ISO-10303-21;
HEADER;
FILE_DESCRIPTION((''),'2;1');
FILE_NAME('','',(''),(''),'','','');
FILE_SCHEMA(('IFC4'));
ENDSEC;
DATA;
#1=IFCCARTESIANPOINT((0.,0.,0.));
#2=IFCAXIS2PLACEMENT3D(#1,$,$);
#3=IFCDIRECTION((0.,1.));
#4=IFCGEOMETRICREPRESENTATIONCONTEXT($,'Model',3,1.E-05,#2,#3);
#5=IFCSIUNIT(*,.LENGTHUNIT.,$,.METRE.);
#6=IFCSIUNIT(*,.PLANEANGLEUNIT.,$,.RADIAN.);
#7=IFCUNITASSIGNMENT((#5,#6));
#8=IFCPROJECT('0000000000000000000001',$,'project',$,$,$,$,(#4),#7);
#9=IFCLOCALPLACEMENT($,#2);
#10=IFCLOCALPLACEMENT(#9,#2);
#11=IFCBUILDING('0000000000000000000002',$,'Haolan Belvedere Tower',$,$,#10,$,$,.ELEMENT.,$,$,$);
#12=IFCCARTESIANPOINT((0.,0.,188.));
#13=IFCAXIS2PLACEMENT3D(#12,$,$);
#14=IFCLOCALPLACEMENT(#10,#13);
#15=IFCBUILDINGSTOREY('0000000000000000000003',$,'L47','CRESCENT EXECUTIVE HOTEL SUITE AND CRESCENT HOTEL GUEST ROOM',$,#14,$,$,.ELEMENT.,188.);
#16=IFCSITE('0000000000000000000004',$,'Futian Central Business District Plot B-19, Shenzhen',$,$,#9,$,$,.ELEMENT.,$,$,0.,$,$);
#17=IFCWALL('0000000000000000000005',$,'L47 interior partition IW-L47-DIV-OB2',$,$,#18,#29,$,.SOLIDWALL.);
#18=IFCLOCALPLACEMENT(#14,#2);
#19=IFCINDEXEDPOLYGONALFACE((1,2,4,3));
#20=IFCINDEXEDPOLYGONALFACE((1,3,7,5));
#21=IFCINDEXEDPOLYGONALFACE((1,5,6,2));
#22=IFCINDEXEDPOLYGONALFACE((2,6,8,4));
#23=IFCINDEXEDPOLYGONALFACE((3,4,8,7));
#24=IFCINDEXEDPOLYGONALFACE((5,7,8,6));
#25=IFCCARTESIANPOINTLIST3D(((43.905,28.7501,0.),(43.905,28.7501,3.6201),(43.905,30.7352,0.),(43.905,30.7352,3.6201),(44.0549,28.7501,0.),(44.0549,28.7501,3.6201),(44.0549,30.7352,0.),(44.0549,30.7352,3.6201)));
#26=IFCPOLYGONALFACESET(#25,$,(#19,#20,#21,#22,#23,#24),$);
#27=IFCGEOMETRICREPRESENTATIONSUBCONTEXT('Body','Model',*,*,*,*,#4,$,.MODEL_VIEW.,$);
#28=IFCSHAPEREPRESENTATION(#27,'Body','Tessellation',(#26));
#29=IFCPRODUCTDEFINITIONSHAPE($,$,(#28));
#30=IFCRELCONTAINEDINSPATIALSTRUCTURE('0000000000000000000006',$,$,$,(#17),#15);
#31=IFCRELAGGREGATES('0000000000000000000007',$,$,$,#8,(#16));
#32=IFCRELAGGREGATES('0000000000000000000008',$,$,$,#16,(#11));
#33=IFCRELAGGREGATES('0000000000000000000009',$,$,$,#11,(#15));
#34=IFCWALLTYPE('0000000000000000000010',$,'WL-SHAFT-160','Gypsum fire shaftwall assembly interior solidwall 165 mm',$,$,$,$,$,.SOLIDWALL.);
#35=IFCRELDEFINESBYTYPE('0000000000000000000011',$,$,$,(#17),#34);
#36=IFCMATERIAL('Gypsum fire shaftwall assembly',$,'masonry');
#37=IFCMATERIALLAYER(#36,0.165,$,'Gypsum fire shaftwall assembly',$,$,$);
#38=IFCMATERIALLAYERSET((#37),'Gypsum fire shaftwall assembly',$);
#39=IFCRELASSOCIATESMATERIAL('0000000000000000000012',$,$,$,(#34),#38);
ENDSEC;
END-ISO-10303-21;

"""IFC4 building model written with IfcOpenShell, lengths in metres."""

from ifc_helpers import new_model, si_unit, direction, frame, frame_2d, origin, place, context, subcontext, project, spatial, rectangle, extrude, material, layer, layer_set, type_object, element, save


model = new_model("IFC4")

# Units and contexts
model_context = context("Model", 3, precision=1e-05, world=origin(), true_north=direction((0.0, 1.0)))
body_context = subcontext(model_context, "Body", "Model", "MODEL_VIEW")
ifc_project = project(units=[si_unit("LENGTHUNIT", "METRE"), si_unit("PLANEANGLEUNIT", "RADIAN")], contexts=[model_context])

# Site, building, storey
site_placement = place(None, origin())
site = spatial("IfcSite", under=ifc_project, at=site_placement, Name="Futian Central Business District Plot B-19, Shenzhen", CompositionType="ELEMENT", RefElevation=0.0)
building_placement = place(site_placement, origin())
building = spatial("IfcBuilding", under=site, at=building_placement, Name="Haolan Belvedere Tower", CompositionType="ELEMENT")
storey_placement = place(building_placement, frame((0.0, 0.0, 188.0)))
storey = spatial("IfcBuildingStorey", under=building, at=storey_placement, Name="L47", Description="CRESCENT EXECUTIVE HOTEL SUITE AND CRESCENT HOTEL GUEST ROOM", CompositionType="ELEMENT", Elevation=188.0)

# Shared definitions
ifc_material_1 = material(Name="Gypsum fire shaftwall assembly", Category="masonry")
ifc_layer_1 = layer(ifc_material_1, 0.165, Name="Gypsum fire shaftwall assembly")
ifc_layer_set_1 = layer_set([ifc_layer_1], Name="Gypsum fire shaftwall assembly")
wall_type_1 = type_object("IfcWallType", Name="WL-SHAFT-160", Description="Gypsum fire shaftwall assembly interior solidwall 165 mm", PredefinedType="SOLIDWALL", material=ifc_layer_set_1)

# Wall
for number, where, z_axis, x_axis, name in (
    (1, (43.98, 28.75, 0.0), (0.0, 0.0, 1.0), (0.0, 1.0, 0.0), "L47 interior partition IW-L47-DIV-OB2"),
):
    element("IfcWall", number, at=place(storey_placement, frame(where, z_axis=z_axis, x_axis=x_axis)), inside=storey, type_object=wall_type_1, Name=name, PredefinedType="SOLIDWALL", context=body_context, shape_type="SweptSolid", body=[
        extrude(rectangle(XDim=1.9851, YDim=0.1499, at=frame_2d((0.9927, 0.0))), origin(), (0.0, 0.0, 1.0), 3.6201),
    ])

save(model, "model.ifc")
